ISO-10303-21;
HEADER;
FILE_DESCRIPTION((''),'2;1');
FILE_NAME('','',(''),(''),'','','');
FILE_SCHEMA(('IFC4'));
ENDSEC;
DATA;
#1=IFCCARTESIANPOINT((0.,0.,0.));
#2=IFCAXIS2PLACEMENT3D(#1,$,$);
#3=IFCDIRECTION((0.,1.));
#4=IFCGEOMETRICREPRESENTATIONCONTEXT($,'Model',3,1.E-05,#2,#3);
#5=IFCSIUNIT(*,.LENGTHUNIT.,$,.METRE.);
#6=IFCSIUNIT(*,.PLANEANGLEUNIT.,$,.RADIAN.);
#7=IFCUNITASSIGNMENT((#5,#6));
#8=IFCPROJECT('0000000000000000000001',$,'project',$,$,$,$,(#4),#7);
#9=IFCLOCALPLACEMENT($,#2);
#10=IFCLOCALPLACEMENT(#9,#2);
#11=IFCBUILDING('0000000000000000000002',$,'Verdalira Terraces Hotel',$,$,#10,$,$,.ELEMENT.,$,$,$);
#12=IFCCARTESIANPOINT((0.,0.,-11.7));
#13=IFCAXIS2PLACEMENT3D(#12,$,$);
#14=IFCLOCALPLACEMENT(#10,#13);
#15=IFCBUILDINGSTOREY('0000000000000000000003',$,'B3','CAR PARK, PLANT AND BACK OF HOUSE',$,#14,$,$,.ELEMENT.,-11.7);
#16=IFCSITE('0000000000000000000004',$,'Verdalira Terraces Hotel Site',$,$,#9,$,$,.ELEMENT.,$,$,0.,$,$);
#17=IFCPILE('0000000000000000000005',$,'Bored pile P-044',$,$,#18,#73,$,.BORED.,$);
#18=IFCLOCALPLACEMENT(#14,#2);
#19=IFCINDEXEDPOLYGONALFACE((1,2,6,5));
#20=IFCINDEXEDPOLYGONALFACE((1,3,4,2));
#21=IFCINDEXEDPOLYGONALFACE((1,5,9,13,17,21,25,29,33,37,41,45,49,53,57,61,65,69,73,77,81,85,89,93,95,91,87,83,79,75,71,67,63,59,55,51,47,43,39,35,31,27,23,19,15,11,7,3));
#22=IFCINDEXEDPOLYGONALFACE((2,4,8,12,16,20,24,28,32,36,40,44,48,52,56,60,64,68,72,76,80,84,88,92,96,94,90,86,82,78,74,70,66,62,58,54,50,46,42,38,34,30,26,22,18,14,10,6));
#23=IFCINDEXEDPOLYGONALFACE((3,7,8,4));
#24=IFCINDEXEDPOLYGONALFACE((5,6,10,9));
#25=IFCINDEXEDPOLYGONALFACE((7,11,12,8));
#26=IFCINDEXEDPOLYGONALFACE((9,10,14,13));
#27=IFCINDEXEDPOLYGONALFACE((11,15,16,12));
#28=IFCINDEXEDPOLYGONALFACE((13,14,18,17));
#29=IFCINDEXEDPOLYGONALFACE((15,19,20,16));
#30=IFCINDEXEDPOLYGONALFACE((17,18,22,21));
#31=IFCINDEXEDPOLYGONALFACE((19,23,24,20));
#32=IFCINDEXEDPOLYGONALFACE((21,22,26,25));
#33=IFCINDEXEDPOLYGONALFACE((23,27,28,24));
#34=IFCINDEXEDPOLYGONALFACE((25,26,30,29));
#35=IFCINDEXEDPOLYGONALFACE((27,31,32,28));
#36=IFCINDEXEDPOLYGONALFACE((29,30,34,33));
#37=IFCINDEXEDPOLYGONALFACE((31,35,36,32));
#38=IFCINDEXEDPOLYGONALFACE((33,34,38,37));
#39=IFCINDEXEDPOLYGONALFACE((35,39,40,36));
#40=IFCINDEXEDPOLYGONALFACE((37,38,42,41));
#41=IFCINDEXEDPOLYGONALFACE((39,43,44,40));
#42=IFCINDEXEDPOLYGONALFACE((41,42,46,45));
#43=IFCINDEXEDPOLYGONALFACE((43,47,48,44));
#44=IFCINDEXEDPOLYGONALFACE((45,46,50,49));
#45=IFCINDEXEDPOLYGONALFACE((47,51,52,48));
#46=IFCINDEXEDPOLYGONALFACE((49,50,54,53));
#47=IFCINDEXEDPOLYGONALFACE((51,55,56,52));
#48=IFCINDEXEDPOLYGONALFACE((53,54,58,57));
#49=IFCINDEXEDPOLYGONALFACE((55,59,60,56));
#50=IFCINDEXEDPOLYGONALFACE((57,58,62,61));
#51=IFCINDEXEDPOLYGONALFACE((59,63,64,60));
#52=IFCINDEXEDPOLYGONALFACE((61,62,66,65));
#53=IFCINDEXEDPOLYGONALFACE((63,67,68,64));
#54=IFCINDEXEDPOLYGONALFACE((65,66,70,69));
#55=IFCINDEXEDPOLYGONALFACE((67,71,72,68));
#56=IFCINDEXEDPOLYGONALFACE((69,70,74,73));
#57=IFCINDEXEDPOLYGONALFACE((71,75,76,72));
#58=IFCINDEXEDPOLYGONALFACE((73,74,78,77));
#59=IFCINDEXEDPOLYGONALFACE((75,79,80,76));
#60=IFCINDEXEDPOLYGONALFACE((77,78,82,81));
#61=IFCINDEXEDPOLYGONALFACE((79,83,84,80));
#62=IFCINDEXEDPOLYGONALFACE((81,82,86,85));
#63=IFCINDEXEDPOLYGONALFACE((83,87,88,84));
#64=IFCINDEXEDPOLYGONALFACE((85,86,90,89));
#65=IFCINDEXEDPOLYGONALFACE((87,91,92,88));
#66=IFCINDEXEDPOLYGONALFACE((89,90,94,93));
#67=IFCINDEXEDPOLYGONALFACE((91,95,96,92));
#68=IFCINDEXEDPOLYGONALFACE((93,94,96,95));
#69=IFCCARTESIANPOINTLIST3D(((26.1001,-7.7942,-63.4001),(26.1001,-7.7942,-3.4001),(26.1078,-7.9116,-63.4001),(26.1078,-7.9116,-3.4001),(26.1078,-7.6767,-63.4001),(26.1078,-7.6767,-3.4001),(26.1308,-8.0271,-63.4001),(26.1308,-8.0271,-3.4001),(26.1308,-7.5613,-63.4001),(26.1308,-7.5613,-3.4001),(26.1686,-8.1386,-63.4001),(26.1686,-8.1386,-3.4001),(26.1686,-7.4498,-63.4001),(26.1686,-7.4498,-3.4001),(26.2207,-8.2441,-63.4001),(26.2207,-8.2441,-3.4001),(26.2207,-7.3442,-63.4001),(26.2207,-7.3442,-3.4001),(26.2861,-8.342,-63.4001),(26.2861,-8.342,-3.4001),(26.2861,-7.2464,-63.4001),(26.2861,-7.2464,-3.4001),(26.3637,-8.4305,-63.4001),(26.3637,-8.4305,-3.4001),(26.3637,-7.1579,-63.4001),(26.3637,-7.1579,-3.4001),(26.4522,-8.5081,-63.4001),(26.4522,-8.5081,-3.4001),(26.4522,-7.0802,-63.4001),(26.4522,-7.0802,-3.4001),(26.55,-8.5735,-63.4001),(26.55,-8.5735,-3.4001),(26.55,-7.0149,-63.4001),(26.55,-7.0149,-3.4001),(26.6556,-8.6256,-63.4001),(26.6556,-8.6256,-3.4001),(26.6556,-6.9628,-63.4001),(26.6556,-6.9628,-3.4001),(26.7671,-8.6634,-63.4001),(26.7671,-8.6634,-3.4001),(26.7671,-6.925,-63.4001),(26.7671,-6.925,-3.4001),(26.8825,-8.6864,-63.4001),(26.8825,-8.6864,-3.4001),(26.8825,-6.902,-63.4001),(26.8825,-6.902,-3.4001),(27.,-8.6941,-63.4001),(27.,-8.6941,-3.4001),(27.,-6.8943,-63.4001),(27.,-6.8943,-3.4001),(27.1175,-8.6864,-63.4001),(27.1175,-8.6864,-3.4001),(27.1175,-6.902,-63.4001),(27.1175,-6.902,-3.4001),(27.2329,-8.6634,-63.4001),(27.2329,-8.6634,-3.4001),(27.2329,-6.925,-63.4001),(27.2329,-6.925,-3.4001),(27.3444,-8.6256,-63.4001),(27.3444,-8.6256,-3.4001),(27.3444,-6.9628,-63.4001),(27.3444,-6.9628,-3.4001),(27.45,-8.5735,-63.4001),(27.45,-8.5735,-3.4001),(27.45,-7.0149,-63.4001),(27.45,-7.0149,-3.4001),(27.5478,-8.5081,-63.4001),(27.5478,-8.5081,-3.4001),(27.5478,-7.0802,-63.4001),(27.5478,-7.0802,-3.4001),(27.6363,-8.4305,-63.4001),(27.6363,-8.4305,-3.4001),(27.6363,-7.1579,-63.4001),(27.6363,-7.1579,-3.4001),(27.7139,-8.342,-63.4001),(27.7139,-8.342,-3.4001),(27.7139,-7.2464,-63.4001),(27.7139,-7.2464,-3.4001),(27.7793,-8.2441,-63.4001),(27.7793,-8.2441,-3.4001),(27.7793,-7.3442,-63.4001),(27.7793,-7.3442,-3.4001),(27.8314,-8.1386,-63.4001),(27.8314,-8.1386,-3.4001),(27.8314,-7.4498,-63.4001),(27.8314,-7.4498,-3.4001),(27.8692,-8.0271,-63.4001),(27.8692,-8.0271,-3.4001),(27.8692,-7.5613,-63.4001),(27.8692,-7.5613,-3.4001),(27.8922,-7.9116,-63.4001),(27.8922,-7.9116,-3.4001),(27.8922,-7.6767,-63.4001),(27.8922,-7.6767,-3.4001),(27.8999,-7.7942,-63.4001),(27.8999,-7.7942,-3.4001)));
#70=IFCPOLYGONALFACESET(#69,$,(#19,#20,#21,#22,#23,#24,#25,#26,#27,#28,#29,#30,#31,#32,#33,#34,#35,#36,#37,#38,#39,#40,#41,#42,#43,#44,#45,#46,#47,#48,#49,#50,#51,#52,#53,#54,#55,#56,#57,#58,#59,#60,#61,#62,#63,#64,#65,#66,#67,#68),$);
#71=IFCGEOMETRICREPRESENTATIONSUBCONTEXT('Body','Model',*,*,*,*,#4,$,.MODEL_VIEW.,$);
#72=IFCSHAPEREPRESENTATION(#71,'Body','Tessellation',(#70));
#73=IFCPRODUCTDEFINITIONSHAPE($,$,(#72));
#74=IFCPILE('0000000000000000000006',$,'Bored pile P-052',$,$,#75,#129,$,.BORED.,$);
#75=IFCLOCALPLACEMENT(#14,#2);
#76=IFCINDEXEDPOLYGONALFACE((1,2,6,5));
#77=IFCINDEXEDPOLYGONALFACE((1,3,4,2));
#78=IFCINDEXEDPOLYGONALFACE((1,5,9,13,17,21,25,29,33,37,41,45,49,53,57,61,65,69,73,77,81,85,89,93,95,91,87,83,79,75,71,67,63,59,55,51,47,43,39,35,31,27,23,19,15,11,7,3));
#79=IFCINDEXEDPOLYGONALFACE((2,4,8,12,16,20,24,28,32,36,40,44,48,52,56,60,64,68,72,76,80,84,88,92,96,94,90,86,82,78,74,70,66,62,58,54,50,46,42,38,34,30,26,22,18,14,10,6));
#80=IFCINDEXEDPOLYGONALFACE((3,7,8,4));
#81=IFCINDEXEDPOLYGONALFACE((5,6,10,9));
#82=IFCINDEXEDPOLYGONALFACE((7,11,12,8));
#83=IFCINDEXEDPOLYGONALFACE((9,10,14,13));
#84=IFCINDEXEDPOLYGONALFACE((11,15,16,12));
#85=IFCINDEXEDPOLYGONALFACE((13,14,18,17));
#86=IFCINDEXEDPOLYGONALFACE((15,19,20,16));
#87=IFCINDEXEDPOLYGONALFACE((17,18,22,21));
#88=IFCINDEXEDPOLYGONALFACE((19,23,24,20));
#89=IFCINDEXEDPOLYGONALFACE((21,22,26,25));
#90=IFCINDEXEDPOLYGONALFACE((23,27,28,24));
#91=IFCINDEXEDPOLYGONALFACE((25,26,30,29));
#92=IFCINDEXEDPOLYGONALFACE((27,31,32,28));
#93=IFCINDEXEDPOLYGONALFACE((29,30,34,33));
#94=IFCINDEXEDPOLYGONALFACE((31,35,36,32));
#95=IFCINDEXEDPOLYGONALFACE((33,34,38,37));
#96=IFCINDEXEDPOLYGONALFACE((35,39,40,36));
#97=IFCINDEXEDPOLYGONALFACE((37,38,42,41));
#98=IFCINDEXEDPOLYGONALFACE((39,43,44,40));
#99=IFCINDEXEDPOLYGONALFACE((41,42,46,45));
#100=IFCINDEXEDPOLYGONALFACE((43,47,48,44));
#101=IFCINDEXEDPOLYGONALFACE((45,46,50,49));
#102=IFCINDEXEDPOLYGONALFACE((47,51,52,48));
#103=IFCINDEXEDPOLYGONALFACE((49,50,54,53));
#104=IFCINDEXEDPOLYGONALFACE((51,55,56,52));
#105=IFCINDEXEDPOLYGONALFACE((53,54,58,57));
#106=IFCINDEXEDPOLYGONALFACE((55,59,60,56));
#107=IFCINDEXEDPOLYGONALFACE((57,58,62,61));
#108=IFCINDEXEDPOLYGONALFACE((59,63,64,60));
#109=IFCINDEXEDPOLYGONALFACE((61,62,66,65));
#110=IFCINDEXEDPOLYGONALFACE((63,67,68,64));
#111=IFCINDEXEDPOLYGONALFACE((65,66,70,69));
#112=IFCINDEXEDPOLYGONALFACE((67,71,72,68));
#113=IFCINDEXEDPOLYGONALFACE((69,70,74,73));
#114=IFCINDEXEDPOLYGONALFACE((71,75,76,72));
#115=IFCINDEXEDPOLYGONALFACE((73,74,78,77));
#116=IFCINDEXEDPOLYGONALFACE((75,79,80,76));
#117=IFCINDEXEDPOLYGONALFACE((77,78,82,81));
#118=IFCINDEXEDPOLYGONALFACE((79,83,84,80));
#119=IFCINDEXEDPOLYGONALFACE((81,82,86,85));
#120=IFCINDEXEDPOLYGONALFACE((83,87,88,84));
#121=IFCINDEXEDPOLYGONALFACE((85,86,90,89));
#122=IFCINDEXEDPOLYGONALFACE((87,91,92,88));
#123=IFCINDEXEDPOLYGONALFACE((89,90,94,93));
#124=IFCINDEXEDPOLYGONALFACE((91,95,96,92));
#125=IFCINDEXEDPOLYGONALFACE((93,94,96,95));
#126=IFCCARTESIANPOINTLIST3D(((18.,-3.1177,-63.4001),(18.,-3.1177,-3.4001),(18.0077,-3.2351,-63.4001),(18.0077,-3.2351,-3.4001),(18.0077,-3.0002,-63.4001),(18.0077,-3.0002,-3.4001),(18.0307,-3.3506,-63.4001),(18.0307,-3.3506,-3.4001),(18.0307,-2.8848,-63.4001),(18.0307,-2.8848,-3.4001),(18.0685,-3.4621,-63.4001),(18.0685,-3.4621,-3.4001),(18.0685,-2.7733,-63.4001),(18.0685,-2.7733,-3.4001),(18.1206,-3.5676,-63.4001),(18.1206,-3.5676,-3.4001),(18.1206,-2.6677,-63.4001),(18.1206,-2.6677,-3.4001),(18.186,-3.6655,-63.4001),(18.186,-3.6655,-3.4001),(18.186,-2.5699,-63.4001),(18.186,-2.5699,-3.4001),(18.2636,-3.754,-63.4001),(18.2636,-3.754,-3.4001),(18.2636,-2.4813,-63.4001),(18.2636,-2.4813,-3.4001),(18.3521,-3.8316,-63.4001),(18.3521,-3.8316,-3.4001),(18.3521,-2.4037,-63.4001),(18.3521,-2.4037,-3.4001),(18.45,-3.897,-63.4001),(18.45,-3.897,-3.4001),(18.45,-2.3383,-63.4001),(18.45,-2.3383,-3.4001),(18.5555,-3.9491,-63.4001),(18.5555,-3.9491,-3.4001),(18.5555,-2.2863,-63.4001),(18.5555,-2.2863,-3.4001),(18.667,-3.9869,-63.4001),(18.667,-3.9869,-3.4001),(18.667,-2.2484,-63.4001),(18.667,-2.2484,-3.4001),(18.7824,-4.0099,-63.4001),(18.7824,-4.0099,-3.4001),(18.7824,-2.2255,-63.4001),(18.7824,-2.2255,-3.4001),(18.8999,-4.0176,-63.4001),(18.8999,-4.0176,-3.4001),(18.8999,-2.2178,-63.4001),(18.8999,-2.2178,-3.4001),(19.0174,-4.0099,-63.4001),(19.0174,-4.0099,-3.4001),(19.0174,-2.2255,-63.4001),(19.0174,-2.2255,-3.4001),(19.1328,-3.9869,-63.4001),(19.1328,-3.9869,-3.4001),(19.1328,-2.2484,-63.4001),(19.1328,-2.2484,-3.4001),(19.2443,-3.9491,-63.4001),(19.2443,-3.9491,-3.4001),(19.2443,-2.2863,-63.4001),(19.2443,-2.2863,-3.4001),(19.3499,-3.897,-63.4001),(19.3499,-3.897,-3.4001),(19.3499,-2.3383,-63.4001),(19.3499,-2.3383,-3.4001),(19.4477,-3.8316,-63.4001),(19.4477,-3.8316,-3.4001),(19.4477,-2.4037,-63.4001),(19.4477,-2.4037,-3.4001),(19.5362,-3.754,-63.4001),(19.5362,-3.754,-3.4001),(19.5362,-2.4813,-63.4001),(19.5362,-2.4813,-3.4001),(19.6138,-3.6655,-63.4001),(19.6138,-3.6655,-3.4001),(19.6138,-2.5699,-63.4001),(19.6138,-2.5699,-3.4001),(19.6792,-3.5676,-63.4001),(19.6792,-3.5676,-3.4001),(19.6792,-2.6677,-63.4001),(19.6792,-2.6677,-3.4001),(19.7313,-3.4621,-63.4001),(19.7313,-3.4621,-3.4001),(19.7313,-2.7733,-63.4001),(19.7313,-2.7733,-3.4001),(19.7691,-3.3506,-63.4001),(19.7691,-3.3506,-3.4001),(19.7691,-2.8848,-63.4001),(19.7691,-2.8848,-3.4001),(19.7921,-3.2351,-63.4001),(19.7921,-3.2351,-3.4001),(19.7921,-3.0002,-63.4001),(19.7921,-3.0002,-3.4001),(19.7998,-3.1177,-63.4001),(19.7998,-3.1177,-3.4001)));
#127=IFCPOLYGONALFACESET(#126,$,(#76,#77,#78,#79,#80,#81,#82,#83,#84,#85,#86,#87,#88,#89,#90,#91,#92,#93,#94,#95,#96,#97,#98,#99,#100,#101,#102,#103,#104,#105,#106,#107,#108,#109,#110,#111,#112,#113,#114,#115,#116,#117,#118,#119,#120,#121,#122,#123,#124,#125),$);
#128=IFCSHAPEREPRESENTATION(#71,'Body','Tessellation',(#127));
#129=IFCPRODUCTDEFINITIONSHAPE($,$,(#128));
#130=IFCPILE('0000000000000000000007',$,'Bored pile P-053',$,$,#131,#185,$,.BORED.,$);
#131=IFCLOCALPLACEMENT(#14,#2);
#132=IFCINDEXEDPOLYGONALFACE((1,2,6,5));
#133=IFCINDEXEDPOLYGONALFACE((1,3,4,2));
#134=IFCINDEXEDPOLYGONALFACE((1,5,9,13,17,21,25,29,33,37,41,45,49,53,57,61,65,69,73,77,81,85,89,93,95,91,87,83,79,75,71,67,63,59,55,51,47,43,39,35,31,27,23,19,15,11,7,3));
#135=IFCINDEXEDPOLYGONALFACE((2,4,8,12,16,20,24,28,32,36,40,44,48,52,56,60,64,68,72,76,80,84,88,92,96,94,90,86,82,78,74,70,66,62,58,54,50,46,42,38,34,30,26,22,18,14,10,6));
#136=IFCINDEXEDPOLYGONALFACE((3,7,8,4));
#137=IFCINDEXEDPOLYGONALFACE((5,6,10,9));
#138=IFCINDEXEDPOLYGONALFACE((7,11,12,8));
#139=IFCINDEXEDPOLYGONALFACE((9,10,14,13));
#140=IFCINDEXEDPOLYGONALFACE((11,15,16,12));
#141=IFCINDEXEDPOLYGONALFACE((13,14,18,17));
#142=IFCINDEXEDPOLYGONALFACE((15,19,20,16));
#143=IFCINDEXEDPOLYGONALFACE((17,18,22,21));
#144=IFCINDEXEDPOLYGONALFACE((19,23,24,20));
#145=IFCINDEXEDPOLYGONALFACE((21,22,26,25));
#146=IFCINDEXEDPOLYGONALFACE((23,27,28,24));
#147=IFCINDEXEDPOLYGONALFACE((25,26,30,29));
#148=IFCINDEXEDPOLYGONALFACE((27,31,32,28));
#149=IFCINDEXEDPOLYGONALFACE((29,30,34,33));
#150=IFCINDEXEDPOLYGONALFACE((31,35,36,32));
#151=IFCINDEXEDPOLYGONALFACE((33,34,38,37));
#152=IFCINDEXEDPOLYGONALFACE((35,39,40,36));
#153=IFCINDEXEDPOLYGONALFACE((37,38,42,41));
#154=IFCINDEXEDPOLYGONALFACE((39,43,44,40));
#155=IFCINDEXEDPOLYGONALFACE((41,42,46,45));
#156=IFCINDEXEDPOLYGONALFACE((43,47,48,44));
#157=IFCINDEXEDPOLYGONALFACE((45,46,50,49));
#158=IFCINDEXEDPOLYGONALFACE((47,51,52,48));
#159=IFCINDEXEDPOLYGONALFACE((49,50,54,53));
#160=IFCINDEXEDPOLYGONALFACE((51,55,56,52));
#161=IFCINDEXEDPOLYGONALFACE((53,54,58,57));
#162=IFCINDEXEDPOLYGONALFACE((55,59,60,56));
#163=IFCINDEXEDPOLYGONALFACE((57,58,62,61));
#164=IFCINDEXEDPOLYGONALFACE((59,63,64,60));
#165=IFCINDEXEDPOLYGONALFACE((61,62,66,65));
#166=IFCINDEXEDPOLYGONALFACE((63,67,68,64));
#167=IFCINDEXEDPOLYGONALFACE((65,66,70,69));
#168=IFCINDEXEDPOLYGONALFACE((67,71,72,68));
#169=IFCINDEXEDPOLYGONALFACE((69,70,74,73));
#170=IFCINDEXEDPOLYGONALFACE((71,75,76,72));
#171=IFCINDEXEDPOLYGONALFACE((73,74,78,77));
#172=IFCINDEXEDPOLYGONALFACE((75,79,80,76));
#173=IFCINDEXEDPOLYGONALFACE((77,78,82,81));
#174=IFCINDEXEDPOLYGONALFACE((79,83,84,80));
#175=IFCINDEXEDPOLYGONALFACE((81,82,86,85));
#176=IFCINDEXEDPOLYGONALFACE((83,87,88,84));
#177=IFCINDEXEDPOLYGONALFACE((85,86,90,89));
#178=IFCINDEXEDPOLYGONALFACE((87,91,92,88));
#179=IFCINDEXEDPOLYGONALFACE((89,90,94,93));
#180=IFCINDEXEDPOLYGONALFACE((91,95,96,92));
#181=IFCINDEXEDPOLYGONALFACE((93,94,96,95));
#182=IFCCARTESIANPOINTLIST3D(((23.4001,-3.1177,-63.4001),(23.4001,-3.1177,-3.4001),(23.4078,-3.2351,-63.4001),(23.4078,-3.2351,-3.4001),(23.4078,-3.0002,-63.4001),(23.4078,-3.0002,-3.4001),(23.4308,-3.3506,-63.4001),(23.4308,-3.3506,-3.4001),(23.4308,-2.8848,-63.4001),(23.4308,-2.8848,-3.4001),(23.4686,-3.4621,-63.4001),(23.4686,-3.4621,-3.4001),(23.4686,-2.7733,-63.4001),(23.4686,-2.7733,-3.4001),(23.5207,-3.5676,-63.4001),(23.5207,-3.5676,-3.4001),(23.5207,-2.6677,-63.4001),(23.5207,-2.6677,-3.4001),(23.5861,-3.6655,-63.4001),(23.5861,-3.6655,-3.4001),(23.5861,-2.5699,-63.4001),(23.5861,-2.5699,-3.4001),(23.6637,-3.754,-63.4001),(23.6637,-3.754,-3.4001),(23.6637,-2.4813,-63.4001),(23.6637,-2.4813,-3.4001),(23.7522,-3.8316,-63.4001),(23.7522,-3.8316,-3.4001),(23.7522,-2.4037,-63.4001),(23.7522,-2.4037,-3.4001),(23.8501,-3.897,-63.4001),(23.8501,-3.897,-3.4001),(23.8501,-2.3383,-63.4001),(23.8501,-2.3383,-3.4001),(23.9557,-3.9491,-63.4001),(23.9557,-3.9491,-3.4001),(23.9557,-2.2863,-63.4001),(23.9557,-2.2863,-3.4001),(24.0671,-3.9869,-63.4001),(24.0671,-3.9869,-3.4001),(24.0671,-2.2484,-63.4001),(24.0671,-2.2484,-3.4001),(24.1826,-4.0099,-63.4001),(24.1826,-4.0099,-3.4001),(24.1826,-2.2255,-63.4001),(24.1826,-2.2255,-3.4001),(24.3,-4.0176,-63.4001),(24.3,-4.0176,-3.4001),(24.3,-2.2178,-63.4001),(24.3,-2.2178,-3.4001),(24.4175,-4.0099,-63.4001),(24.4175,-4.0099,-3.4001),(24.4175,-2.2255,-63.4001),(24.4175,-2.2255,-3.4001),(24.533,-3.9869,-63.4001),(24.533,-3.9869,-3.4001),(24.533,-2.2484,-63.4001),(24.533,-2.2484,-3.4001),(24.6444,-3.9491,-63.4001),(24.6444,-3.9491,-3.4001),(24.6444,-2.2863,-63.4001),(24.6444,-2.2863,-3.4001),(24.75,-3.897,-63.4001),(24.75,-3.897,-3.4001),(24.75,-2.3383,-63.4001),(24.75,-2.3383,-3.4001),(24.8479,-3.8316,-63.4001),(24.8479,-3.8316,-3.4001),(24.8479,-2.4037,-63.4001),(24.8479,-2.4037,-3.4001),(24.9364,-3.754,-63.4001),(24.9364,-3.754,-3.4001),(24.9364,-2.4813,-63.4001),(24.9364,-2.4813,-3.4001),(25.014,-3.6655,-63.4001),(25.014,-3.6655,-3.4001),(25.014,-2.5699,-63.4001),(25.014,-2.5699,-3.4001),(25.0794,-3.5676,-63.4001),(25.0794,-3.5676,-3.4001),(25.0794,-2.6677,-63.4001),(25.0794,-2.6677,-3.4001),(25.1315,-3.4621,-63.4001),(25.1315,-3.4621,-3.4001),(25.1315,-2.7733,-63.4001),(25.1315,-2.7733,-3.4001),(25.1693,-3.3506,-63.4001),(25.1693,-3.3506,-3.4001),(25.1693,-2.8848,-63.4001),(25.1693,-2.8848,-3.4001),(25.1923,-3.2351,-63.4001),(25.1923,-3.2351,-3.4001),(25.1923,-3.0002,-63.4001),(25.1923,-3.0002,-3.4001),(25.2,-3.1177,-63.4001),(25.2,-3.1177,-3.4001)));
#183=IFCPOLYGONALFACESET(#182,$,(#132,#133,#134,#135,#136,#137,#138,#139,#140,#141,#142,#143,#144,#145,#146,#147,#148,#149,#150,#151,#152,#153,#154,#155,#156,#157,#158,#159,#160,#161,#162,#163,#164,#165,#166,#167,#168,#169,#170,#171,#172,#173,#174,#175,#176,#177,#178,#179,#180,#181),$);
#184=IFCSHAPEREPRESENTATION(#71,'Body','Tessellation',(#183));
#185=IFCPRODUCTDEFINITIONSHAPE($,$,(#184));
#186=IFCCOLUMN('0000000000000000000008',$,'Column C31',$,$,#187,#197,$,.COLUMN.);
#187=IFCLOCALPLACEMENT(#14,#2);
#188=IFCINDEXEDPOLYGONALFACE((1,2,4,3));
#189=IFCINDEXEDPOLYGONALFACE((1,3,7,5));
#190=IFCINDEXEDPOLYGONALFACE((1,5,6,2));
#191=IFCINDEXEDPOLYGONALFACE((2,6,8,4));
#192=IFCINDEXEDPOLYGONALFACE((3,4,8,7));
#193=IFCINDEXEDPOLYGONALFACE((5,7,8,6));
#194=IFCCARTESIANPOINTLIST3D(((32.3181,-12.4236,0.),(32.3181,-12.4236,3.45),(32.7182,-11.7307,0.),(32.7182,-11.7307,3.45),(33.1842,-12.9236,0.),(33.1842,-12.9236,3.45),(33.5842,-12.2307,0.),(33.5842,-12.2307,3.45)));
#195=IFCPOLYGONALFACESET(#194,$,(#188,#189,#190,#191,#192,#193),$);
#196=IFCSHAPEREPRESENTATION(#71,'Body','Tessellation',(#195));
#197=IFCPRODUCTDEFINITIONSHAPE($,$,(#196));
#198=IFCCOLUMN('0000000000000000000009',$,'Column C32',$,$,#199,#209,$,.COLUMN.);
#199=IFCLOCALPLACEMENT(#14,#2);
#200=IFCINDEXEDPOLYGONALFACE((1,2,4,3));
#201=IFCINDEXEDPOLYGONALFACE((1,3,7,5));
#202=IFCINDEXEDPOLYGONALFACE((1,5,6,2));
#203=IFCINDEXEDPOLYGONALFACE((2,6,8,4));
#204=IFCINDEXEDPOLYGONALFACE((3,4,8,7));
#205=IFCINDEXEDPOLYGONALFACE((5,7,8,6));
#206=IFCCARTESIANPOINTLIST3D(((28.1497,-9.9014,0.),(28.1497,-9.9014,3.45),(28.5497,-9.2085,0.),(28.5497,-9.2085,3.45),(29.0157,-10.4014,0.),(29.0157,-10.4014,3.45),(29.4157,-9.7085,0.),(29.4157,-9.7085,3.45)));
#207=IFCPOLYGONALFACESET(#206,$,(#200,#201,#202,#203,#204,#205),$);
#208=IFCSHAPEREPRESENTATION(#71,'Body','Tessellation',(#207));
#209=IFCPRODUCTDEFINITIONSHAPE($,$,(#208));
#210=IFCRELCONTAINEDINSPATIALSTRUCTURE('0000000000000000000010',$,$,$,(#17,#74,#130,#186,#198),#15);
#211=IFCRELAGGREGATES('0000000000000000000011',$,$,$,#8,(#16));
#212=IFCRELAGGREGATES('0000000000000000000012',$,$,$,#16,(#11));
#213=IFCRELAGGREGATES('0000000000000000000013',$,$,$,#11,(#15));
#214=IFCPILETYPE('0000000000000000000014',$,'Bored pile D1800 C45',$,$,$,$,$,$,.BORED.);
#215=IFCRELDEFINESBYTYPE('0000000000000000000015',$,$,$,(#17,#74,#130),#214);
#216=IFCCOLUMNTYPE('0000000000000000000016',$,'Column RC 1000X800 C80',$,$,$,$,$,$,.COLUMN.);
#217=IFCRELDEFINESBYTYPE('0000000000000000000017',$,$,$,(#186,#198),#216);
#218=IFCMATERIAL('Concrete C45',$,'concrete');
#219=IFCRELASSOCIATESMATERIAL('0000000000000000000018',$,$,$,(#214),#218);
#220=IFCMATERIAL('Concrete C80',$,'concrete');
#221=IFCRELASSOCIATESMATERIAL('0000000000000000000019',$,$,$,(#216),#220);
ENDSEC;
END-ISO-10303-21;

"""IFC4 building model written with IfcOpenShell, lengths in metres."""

from ifc_helpers import new_model, si_unit, direction, frame, origin, origin_2d, place, context, subcontext, project, spatial, rectangle, circle, extrude, material, material_profile, profile_set, type_object, element, save


model = new_model("IFC4")

# Units and contexts
model_context = context("Model", 3, precision=1e-05, world=origin(), true_north=direction((0.0, 1.0)))
body_context = subcontext(model_context, "Body", "Model", "MODEL_VIEW")
ifc_project = project(units=[si_unit("LENGTHUNIT", "METRE"), si_unit("PLANEANGLEUNIT", "RADIAN")], contexts=[model_context])

# Site, building, storey
site_placement = place(None, origin())
site = spatial("IfcSite", under=ifc_project, at=site_placement, Name="Verdalira Terraces Hotel Site", CompositionType="ELEMENT", RefElevation=0.0)
building_placement = place(site_placement, origin())
building = spatial("IfcBuilding", under=site, at=building_placement, Name="Verdalira Terraces Hotel", CompositionType="ELEMENT")
storey_placement = place(building_placement, frame((0.0, 0.0, -11.7)))
storey = spatial("IfcBuildingStorey", under=building, at=storey_placement, Name="B3", Description="CAR PARK, PLANT AND BACK OF HOUSE", CompositionType="ELEMENT", Elevation=-11.7)

# Piles
ifc_material_1 = material(Name="Concrete C45", Category="concrete")
ifc_material_profile_1 = material_profile(ifc_material_1, circle(Radius=0.8999, at=origin_2d()), Name="D1800")
ifc_profile_set_1 = profile_set([ifc_material_profile_1], Name="Concrete C45")
pile_type = type_object("IfcPileType", Name="Bored pile D1800 C45", PredefinedType="BORED", material=ifc_profile_set_1)
for number, where, z_axis, x_axis, name in (
    (1, (27.0, -7.7942, -3.4001), (0.0, 0.0, -1.0), (1.0, 0.0, 0.0), "Bored pile P-044"),
    (2, (18.8999, -3.1177, -3.4001), (0.0, 0.0, -1.0), (1.0, 0.0, 0.0), "Bored pile P-052"),
    (3, (24.3, -3.1177, -3.4001), (0.0, 0.0, -1.0), (1.0, 0.0, 0.0), "Bored pile P-053"),
):
    element("IfcPile", number, at=place(storey_placement, frame(where, z_axis=z_axis, x_axis=x_axis)), inside=storey, type_object=pile_type, Name=name, PredefinedType="BORED", context=body_context, shape_type="SweptSolid", body=[
        extrude(circle(Radius=0.8999, at=origin_2d()), origin(), (0.0, 0.0, 1.0), 60.0),
    ])

# Columns
ifc_material_2 = material(Name="Concrete C80", Category="concrete")
ifc_material_profile_2 = material_profile(ifc_material_2, rectangle(XDim=1.0, YDim=0.8, at=origin_2d()), Name="RC 1000X800")
ifc_profile_set_2 = profile_set([ifc_material_profile_2], Name="Concrete C80")
column_type_1 = type_object("IfcColumnType", Name="Column RC 1000X800 C80", PredefinedType="COLUMN", material=ifc_profile_set_2)
for number, where, z_axis, x_axis, name in (
    (4, (32.9512, -12.3271, 0.0), (0.0, 0.0, 1.0), (-0.866025, 0.5, 0.0), "Column C31"),
    (5, (28.7827, -9.8049, 0.0), (0.0, 0.0, 1.0), (-0.866025, 0.5, 0.0), "Column C32"),
):
    element("IfcColumn", number, at=place(storey_placement, frame(where, z_axis=z_axis, x_axis=x_axis)), inside=storey, type_object=column_type_1, Name=name, PredefinedType="COLUMN", context=body_context, shape_type="SweptSolid", body=[
        extrude(rectangle(XDim=1.0, YDim=0.8, at=origin_2d()), origin(), (0.0, 0.0, 1.0), 3.45),
    ])

save(model, "model.ifc")
